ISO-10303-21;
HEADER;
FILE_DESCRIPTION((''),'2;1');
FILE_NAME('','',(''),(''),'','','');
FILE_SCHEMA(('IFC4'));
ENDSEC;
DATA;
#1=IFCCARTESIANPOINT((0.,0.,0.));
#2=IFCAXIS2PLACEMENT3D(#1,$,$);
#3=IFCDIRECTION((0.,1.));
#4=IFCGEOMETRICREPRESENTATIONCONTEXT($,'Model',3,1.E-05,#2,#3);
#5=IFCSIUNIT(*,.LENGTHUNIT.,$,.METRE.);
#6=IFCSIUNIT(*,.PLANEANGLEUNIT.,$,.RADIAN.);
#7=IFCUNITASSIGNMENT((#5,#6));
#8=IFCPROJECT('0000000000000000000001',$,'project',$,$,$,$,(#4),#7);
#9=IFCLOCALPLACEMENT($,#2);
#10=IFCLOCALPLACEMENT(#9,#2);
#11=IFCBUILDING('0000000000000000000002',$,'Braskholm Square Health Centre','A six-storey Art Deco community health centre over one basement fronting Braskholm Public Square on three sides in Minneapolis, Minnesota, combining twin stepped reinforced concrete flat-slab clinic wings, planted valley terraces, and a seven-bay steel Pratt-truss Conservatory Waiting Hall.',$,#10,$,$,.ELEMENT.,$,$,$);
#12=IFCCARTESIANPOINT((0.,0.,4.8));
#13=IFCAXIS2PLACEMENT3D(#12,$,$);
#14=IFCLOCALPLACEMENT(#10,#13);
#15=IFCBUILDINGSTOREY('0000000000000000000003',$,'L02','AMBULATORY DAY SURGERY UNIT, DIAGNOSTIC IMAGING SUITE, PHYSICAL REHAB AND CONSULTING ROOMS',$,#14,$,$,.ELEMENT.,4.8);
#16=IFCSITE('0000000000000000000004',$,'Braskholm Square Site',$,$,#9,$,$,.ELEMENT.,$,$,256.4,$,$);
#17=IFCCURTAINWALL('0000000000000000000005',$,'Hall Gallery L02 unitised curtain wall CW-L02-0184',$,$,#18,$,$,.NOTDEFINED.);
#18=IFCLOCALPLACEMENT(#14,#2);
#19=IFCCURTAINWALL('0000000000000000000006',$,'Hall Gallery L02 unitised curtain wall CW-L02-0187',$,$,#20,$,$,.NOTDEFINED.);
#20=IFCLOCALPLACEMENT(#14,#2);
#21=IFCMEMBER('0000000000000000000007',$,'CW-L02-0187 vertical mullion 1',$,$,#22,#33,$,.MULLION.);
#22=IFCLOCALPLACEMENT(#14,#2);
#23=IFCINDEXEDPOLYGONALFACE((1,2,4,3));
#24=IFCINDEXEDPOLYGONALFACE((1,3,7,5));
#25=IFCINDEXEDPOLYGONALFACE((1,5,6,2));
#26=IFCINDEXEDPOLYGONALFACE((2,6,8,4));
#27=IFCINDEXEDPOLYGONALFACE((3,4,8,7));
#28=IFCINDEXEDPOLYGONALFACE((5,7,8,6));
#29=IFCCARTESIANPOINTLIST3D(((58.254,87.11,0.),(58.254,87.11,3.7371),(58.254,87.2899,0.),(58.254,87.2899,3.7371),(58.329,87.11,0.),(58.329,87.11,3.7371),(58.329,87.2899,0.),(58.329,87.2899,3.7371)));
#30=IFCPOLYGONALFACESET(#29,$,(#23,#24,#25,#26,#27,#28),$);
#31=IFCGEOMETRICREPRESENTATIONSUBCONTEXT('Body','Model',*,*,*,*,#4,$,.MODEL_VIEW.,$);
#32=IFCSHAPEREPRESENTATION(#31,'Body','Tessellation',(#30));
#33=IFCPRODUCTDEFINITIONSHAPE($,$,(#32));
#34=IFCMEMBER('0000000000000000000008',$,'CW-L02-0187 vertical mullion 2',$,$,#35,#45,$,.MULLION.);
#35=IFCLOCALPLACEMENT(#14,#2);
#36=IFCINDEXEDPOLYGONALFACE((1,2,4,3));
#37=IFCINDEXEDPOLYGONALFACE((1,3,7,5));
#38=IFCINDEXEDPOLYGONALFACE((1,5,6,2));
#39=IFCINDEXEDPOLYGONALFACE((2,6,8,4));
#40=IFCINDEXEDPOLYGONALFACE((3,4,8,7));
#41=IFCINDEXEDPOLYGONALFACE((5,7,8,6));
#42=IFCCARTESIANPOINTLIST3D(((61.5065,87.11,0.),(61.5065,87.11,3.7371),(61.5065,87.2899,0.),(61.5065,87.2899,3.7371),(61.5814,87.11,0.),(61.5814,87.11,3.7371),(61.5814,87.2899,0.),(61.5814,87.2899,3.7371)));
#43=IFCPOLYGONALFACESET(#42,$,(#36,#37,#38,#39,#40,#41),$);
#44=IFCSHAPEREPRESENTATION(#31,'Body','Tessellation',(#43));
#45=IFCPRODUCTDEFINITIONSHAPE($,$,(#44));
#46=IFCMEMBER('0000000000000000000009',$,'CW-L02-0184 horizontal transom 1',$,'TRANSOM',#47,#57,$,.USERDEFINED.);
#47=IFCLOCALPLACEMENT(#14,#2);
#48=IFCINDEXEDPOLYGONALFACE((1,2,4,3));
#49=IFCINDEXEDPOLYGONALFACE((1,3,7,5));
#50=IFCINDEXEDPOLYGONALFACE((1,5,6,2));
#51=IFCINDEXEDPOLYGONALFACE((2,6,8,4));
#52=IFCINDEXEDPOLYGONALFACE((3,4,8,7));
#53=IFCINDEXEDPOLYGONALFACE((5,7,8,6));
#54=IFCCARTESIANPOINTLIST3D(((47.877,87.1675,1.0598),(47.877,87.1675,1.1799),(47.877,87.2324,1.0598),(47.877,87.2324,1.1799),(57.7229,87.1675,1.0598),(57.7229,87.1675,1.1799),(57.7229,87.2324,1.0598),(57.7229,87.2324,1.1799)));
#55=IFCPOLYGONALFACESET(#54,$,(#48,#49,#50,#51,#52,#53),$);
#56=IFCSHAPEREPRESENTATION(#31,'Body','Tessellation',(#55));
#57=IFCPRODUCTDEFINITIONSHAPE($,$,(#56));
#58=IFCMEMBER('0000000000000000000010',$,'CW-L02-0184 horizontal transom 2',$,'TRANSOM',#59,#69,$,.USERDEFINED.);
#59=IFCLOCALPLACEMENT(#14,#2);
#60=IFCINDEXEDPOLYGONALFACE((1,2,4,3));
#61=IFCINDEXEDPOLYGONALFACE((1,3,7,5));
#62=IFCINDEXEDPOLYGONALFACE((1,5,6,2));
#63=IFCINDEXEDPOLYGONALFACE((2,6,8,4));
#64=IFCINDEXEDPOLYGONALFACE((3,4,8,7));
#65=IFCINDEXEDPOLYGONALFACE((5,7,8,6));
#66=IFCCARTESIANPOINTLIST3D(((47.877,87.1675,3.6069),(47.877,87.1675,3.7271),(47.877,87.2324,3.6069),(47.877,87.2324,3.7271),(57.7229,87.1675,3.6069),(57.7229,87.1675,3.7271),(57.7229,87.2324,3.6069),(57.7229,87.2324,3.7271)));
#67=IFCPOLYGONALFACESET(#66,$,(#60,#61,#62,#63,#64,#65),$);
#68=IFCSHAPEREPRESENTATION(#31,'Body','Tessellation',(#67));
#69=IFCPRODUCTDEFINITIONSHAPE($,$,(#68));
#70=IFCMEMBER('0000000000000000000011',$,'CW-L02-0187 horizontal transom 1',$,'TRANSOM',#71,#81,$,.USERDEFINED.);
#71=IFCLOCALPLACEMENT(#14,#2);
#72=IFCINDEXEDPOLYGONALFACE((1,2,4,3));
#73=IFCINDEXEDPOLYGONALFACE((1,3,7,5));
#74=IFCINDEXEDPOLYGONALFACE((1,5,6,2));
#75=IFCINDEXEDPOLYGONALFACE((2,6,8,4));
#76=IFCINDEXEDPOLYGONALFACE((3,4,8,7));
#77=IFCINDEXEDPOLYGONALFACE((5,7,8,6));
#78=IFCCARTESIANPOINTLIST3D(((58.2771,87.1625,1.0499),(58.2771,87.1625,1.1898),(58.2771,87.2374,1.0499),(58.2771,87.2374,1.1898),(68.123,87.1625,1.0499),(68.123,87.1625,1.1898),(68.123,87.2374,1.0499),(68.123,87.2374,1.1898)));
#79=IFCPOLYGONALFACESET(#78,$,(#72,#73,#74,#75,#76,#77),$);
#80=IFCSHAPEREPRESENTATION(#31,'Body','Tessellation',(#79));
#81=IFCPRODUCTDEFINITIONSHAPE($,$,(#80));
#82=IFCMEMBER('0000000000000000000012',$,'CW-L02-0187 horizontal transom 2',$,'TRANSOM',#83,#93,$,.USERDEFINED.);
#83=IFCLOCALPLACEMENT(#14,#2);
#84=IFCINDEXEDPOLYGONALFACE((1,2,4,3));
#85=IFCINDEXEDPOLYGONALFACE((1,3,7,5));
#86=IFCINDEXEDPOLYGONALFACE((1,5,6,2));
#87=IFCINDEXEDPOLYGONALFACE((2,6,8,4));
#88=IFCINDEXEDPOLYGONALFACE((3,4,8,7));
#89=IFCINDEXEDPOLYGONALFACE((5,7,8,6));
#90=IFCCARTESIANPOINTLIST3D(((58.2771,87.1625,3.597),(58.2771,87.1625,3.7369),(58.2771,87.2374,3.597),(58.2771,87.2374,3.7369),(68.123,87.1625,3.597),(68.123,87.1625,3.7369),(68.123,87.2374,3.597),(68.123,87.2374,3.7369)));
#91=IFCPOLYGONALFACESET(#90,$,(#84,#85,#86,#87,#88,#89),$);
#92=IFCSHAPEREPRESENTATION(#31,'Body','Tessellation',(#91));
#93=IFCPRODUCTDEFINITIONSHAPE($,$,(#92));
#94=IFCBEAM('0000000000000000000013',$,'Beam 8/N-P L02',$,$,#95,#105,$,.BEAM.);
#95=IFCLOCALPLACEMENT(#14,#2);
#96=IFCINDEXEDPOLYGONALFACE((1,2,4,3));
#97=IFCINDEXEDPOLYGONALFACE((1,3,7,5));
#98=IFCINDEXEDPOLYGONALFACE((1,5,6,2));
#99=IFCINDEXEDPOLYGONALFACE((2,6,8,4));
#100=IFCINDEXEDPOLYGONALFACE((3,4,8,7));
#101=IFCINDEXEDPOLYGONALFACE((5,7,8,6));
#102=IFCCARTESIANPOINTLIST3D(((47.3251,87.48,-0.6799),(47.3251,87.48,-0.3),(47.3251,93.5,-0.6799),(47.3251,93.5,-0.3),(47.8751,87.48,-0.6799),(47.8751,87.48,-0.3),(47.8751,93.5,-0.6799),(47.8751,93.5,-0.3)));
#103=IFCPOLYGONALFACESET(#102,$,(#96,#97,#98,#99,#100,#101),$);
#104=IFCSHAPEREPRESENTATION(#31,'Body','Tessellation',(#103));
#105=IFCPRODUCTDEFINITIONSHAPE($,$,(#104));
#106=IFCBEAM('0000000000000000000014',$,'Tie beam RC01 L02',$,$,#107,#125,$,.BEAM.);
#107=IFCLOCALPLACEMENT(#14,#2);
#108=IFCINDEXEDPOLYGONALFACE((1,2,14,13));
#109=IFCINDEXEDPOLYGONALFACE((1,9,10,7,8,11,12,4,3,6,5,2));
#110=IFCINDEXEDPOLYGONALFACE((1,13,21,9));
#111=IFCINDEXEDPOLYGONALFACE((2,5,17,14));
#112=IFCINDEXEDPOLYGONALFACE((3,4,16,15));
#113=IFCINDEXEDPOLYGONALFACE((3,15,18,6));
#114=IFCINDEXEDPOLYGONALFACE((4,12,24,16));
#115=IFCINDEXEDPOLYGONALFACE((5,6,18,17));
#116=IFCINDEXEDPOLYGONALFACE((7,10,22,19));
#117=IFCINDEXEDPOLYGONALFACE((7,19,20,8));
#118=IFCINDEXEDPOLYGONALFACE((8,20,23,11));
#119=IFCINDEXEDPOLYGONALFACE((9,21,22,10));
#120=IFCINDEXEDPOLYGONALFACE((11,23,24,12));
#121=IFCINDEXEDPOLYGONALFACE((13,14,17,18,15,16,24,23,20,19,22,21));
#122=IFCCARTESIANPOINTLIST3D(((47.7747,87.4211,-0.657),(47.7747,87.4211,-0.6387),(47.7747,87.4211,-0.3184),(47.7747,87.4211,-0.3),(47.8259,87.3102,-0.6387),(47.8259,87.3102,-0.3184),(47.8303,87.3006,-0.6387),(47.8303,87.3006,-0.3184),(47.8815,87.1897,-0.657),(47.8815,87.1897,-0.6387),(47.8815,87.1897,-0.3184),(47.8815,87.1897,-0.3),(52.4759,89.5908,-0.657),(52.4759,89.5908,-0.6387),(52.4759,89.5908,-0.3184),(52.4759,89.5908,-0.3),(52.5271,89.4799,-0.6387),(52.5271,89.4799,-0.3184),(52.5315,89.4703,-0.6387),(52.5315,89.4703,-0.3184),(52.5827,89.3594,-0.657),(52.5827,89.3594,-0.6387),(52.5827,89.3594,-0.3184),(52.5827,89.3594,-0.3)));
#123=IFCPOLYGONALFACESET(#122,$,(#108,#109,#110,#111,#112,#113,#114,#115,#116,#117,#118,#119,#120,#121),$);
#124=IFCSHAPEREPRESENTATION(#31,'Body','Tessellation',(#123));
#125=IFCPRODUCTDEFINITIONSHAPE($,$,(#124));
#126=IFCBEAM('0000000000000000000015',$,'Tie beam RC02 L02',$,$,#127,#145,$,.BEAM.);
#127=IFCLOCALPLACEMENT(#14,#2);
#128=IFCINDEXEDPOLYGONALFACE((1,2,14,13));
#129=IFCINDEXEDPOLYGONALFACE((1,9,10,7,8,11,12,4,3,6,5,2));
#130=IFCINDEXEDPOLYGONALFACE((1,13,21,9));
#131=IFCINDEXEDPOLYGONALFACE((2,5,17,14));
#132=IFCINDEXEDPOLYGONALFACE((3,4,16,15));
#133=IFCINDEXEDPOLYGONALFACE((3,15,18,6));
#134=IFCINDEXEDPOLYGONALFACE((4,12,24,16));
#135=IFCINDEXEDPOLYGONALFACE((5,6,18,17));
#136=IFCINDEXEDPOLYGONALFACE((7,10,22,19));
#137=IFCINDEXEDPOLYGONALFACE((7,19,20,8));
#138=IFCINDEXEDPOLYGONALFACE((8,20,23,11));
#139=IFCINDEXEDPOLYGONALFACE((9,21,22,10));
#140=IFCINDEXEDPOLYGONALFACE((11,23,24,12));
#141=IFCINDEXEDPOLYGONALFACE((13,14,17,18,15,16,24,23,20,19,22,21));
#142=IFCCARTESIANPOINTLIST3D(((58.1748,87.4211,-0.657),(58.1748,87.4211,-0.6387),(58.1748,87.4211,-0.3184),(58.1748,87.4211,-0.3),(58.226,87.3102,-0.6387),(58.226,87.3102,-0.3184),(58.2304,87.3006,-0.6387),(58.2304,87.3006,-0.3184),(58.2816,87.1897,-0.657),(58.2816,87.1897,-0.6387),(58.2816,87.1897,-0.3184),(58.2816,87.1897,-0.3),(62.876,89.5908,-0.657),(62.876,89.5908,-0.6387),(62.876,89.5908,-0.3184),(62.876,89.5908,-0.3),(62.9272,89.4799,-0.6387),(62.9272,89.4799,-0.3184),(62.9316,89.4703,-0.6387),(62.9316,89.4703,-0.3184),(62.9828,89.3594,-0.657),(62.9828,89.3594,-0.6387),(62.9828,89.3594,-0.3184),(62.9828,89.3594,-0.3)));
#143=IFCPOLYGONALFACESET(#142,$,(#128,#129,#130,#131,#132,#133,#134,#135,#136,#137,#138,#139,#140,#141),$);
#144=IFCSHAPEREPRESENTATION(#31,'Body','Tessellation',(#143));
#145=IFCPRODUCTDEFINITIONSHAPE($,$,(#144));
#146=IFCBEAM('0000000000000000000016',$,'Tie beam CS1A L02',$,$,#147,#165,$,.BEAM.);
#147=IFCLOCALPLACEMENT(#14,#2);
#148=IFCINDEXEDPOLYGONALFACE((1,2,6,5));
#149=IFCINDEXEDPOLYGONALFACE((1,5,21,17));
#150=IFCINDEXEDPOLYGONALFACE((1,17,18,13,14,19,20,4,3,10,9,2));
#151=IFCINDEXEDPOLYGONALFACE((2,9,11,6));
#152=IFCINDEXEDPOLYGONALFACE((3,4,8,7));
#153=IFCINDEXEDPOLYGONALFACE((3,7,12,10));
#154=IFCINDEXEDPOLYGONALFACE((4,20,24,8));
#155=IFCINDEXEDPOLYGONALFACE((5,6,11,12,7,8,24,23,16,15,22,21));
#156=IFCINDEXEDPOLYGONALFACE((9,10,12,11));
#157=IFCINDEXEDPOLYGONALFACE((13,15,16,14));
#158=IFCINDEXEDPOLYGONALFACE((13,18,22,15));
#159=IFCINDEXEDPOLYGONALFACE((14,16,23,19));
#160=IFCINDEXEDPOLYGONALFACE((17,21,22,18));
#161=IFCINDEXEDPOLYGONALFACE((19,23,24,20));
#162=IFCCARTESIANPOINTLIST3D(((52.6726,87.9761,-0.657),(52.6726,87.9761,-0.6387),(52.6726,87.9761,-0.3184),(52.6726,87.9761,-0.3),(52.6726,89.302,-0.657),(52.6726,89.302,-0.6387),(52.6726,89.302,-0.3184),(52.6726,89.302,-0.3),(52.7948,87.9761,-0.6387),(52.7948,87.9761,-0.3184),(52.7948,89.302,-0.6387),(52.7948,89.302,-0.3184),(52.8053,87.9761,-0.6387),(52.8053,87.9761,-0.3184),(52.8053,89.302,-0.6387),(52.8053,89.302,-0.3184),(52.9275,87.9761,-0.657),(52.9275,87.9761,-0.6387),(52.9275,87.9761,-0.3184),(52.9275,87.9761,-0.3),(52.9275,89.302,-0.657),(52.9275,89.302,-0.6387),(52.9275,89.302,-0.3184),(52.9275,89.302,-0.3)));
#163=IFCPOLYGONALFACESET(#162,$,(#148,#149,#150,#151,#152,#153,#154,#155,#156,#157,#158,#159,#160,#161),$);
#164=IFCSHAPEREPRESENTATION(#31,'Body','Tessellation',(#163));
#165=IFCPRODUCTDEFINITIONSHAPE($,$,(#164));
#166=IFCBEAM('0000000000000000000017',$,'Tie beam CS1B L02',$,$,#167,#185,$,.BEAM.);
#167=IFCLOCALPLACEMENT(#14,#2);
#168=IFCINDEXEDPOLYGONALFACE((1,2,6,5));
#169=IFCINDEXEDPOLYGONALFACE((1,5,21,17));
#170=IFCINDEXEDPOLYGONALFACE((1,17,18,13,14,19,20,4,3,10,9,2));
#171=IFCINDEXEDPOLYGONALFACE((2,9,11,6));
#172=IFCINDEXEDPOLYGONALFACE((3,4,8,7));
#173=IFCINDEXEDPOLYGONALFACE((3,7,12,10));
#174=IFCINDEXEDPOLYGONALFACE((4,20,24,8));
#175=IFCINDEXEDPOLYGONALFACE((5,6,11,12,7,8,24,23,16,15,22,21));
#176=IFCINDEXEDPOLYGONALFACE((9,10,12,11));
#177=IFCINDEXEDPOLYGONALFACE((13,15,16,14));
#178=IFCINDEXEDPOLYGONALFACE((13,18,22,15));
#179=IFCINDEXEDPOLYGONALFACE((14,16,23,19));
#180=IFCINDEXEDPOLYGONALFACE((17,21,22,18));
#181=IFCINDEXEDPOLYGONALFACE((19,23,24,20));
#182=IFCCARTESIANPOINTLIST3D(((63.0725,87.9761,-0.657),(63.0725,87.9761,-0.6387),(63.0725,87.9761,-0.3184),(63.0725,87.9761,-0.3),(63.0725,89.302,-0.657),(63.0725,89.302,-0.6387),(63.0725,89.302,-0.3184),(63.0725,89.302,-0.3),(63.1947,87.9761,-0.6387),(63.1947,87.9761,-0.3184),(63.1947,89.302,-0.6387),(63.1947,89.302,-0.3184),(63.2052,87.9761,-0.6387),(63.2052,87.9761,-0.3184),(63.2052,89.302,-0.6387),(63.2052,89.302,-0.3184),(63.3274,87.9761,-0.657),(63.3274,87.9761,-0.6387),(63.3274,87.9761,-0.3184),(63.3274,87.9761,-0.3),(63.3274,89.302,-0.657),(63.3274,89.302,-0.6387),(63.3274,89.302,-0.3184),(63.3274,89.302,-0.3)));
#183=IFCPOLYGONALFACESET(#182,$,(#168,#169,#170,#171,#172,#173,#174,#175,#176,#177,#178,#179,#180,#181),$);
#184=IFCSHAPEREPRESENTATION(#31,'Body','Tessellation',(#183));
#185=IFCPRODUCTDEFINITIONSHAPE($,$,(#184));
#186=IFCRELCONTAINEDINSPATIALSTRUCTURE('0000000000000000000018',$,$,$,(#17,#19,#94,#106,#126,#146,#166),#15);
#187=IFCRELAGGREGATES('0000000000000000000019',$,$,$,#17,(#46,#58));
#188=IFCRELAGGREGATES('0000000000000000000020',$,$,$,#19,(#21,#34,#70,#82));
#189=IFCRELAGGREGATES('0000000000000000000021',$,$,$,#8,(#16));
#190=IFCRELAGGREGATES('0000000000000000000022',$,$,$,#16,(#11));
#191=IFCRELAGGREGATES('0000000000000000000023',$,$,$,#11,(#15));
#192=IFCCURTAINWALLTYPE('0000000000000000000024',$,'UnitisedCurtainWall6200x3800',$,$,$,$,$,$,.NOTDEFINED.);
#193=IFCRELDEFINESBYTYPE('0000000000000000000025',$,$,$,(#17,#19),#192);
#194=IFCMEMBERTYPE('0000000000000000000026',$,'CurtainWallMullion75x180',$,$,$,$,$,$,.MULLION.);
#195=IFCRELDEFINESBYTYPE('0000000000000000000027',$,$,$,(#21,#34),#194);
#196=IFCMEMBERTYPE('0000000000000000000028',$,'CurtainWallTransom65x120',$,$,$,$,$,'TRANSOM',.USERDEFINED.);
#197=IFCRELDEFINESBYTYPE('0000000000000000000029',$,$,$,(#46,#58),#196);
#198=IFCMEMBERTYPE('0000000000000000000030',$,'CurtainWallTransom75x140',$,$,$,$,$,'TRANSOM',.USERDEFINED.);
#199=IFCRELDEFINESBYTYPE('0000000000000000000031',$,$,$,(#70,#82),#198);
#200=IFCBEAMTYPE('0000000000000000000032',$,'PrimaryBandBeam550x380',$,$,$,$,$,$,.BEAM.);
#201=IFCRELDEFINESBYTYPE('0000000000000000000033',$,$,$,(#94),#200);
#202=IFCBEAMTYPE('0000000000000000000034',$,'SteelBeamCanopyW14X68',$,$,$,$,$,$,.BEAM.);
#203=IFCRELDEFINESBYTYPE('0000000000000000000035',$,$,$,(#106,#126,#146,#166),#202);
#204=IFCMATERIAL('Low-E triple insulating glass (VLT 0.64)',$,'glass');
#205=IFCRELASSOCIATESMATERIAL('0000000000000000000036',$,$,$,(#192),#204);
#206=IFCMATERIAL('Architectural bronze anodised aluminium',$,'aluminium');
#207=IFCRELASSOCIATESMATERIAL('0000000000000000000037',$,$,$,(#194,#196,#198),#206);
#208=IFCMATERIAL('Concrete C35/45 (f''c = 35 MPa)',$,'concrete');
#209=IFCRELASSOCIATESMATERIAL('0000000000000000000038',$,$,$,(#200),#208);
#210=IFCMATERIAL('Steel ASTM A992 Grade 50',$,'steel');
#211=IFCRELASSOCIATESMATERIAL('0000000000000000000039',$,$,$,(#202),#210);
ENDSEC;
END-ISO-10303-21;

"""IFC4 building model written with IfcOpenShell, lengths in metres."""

from ifc_helpers import new_model, si_unit, direction, frame, origin, origin_2d, place, context, subcontext, project, spatial, rectangle, i_section, extrude, material, material_profile, profile_set, type_object, element, aggregate, save


model = new_model("IFC4")

# Units and contexts
model_context = context("Model", 3, precision=1e-05, world=origin(), true_north=direction((0.0, 1.0)))
body_context = subcontext(model_context, "Body", "Model", "MODEL_VIEW")
ifc_project = project(units=[si_unit("LENGTHUNIT", "METRE"), si_unit("PLANEANGLEUNIT", "RADIAN")], contexts=[model_context])

# Site, building, storey
site_placement = place(None, origin())
site = spatial("IfcSite", under=ifc_project, at=site_placement, Name="Braskholm Square Site", CompositionType="ELEMENT", RefElevation=256.4)
building_placement = place(site_placement, origin())
building = spatial("IfcBuilding", under=site, at=building_placement, Name="Braskholm Square Health Centre", Description="A six-storey Art Deco community health centre over one basement fronting Braskholm Public Square on three sides in Minneapolis, Minnesota, combining twin stepped reinforced concrete flat-slab clinic wings, planted valley terraces, and a seven-bay steel Pratt-truss Conservatory Waiting Hall.", CompositionType="ELEMENT")
storey_placement = place(building_placement, frame((0.0, 0.0, 4.8)))
storey = spatial("IfcBuildingStorey", under=building, at=storey_placement, Name="L02", Description="AMBULATORY DAY SURGERY UNIT, DIAGNOSTIC IMAGING SUITE, PHYSICAL REHAB AND CONSULTING ROOMS", CompositionType="ELEMENT", Elevation=4.8)

# Shared definitions
ifc_material_1 = material(Name="Steel ASTM A992 Grade 50", Category="steel")

# Curtain walls, members
ifc_material_2 = material(Name="Low-E triple insulating glass (VLT 0.64)", Category="glass")
curtain_wall_type = type_object("IfcCurtainWallType", Name="UnitisedCurtainWall6200x3800", PredefinedType="NOTDEFINED", material=ifc_material_2)
curtain_wall_1_placement = place(storey_placement, origin())
curtain_wall_1 = element("IfcCurtainWall", 1, at=curtain_wall_1_placement, inside=storey, type_object=curtain_wall_type, Name="Hall Gallery L02 unitised curtain wall CW-L02-0184", PredefinedType="NOTDEFINED")
ifc_material_3 = material(Name="Architectural bronze anodised aluminium", Category="aluminium")
curtain_wall_2_placement = place(storey_placement, origin())
curtain_wall_2 = element("IfcCurtainWall", 2, at=curtain_wall_2_placement, inside=storey, type_object=curtain_wall_type, Name="Hall Gallery L02 unitised curtain wall CW-L02-0187", PredefinedType="NOTDEFINED")
ifc_material_profile_1 = material_profile(ifc_material_3, rectangle(XDim=0.075, YDim=0.1799, at=origin_2d()), Name="ALU-75X180")
ifc_profile_set_1 = profile_set([ifc_material_profile_1], Name="Architectural bronze anodised aluminium")
member_type_1 = type_object("IfcMemberType", Name="CurtainWallMullion75x180", PredefinedType="MULLION", material=ifc_profile_set_1)
member_1_placement = place(storey_placement, frame((58.2915, 87.2, 0.0), z_axis=(0.0, 0.0, 1.0), x_axis=(1.0, 0.0, 0.0)))
member_1 = element("IfcMember", 3, at=member_1_placement, type_object=member_type_1, Name="CW-L02-0187 vertical mullion 1", PredefinedType="MULLION", context=body_context, shape_type="SweptSolid", body=[
    extrude(rectangle(XDim=0.075, YDim=0.1799, at=origin_2d()), origin(), (0.0, 0.0, 1.0), 3.7371),
])
member_2_placement = place(storey_placement, frame((61.5439, 87.2, 0.0), z_axis=(0.0, 0.0, 1.0), x_axis=(1.0, 0.0, 0.0)))
member_2 = element("IfcMember", 4, at=member_2_placement, type_object=member_type_1, Name="CW-L02-0187 vertical mullion 2", PredefinedType="MULLION", context=body_context, shape_type="SweptSolid", body=[
    extrude(rectangle(XDim=0.075, YDim=0.1799, at=origin_2d()), origin(), (0.0, 0.0, 1.0), 3.7371),
])

# Members
ifc_material_profile_2 = material_profile(ifc_material_3, rectangle(XDim=0.0649, YDim=0.1201, at=origin_2d()), Name="ALU-65X120")
ifc_profile_set_2 = profile_set([ifc_material_profile_2], Name="Architectural bronze anodised aluminium")
member_type_2 = type_object("IfcMemberType", Name="CurtainWallTransom65x120", ElementType="TRANSOM", PredefinedType="USERDEFINED", material=ifc_profile_set_2)
member_3_placement = place(storey_placement, frame((47.877, 87.2, 1.1199), z_axis=(1.0, 0.0, 0.0), x_axis=(0.0, 1.0, 0.0)))
member_3 = element("IfcMember", 5, at=member_3_placement, type_object=member_type_2, Name="CW-L02-0184 horizontal transom 1", ObjectType="TRANSOM", PredefinedType="USERDEFINED", context=body_context, shape_type="SweptSolid", body=[
    extrude(rectangle(XDim=0.0649, YDim=0.1201, at=origin_2d()), origin(), (0.0, 0.0, 1.0), 9.8459),
])
member_4_placement = place(storey_placement, frame((47.877, 87.2, 3.667), z_axis=(1.0, 0.0, 0.0), x_axis=(0.0, 1.0, 0.0)))
member_4 = element("IfcMember", 6, at=member_4_placement, type_object=member_type_2, Name="CW-L02-0184 horizontal transom 2", ObjectType="TRANSOM", PredefinedType="USERDEFINED", context=body_context, shape_type="SweptSolid", body=[
    extrude(rectangle(XDim=0.0649, YDim=0.1201, at=origin_2d()), origin(), (0.0, 0.0, 1.0), 9.8459),
])
ifc_material_profile_3 = material_profile(ifc_material_3, rectangle(XDim=0.075, YDim=0.1399, at=origin_2d()), Name="ALU-75X140")
ifc_profile_set_3 = profile_set([ifc_material_profile_3], Name="Architectural bronze anodised aluminium")
member_type_3 = type_object("IfcMemberType", Name="CurtainWallTransom75x140", ElementType="TRANSOM", PredefinedType="USERDEFINED", material=ifc_profile_set_3)
member_5_placement = place(storey_placement, frame((58.2771, 87.2, 1.1199), z_axis=(1.0, 0.0, 0.0), x_axis=(0.0, 1.0, 0.0)))
member_5 = element("IfcMember", 7, at=member_5_placement, type_object=member_type_3, Name="CW-L02-0187 horizontal transom 1", ObjectType="TRANSOM", PredefinedType="USERDEFINED", context=body_context, shape_type="SweptSolid", body=[
    extrude(rectangle(XDim=0.075, YDim=0.1399, at=origin_2d()), origin(), (0.0, 0.0, 1.0), 9.8459),
])
member_6_placement = place(storey_placement, frame((58.2771, 87.2, 3.667), z_axis=(1.0, 0.0, 0.0), x_axis=(0.0, 1.0, 0.0)))
member_6 = element("IfcMember", 8, at=member_6_placement, type_object=member_type_3, Name="CW-L02-0187 horizontal transom 2", ObjectType="TRANSOM", PredefinedType="USERDEFINED", context=body_context, shape_type="SweptSolid", body=[
    extrude(rectangle(XDim=0.075, YDim=0.1399, at=origin_2d()), origin(), (0.0, 0.0, 1.0), 9.8459),
])

# Beams
ifc_material_4 = material(Name="Concrete C35/45 (f'c = 35 MPa)", Category="concrete")
ifc_material_profile_4 = material_profile(ifc_material_4, rectangle(XDim=0.55, YDim=0.3799, at=origin_2d()), Name="RCB-550X380")
ifc_profile_set_4 = profile_set([ifc_material_profile_4], Name="Concrete C35/45 (f'c = 35 MPa)")
beam_type_1 = type_object("IfcBeamType", Name="PrimaryBandBeam550x380", PredefinedType="BEAM", material=ifc_profile_set_4)
beam_placement = place(storey_placement, frame((47.6001, 87.48, -0.49), z_axis=(0.0, 1.0, 0.0), x_axis=(-1.0, 0.0, 0.0)))
element("IfcBeam", 9, at=beam_placement, inside=storey, type_object=beam_type_1, Name="Beam 8/N-P L02", PredefinedType="BEAM", context=body_context, shape_type="SweptSolid", body=[
    extrude(rectangle(XDim=0.55, YDim=0.3799, at=origin_2d()), origin(), (0.0, 0.0, 1.0), 6.02),
])
ifc_material_profile_5 = material_profile(ifc_material_1, i_section(OverallWidth=0.2549, OverallDepth=0.3569, WebThickness=0.0105, FlangeThickness=0.0183, at=origin_2d()), Name="W14X68")
ifc_profile_set_5 = profile_set([ifc_material_profile_5], Name="Steel ASTM A992 Grade 50")
beam_type_2 = type_object("IfcBeamType", Name="SteelBeamCanopyW14X68", PredefinedType="BEAM", material=ifc_profile_set_5)
for number, where, z_axis, x_axis, name in (
    (10, (52.5293, 89.4751, -0.4785), (-0.907966, -0.419043, 0.0), (0.419043, -0.907966, 0.0), "Tie beam RC01 L02"),
    (11, (62.9294, 89.4751, -0.4785), (-0.907966, -0.419043, 0.0), (0.419043, -0.907966, 0.0), "Tie beam RC02 L02"),
):
    element("IfcBeam", number, at=place(storey_placement, frame(where, z_axis=z_axis, x_axis=x_axis)), inside=storey, type_object=beam_type_2, Name=name, PredefinedType="BEAM", context=body_context, shape_type="SweptSolid", body=[
        extrude(i_section(OverallWidth=0.2549, OverallDepth=0.3569, WebThickness=0.0105, FlangeThickness=0.0183, at=origin_2d()), origin(), (0.0, 0.0, 1.0), 5.1777),
    ])
for number, where, z_axis, x_axis, name in (
    (12, (52.8, 87.9761, -0.4785), (0.0, 1.0, 0.0), (-1.0, 0.0, 0.0), "Tie beam CS1A L02"),
    (13, (63.2, 87.9761, -0.4785), (0.0, 1.0, 0.0), (-1.0, 0.0, 0.0), "Tie beam CS1B L02"),
):
    element("IfcBeam", number, at=place(storey_placement, frame(where, z_axis=z_axis, x_axis=x_axis)), inside=storey, type_object=beam_type_2, Name=name, PredefinedType="BEAM", context=body_context, shape_type="SweptSolid", body=[
        extrude(i_section(OverallWidth=0.2549, OverallDepth=0.3569, WebThickness=0.0105, FlangeThickness=0.0183, at=origin_2d()), origin(), (0.0, 0.0, 1.0), 1.3259),
    ])

aggregate(curtain_wall_1, [member_3, member_4])
aggregate(curtain_wall_2, [member_1, member_2, member_5, member_6])

save(model, "model.ifc")
